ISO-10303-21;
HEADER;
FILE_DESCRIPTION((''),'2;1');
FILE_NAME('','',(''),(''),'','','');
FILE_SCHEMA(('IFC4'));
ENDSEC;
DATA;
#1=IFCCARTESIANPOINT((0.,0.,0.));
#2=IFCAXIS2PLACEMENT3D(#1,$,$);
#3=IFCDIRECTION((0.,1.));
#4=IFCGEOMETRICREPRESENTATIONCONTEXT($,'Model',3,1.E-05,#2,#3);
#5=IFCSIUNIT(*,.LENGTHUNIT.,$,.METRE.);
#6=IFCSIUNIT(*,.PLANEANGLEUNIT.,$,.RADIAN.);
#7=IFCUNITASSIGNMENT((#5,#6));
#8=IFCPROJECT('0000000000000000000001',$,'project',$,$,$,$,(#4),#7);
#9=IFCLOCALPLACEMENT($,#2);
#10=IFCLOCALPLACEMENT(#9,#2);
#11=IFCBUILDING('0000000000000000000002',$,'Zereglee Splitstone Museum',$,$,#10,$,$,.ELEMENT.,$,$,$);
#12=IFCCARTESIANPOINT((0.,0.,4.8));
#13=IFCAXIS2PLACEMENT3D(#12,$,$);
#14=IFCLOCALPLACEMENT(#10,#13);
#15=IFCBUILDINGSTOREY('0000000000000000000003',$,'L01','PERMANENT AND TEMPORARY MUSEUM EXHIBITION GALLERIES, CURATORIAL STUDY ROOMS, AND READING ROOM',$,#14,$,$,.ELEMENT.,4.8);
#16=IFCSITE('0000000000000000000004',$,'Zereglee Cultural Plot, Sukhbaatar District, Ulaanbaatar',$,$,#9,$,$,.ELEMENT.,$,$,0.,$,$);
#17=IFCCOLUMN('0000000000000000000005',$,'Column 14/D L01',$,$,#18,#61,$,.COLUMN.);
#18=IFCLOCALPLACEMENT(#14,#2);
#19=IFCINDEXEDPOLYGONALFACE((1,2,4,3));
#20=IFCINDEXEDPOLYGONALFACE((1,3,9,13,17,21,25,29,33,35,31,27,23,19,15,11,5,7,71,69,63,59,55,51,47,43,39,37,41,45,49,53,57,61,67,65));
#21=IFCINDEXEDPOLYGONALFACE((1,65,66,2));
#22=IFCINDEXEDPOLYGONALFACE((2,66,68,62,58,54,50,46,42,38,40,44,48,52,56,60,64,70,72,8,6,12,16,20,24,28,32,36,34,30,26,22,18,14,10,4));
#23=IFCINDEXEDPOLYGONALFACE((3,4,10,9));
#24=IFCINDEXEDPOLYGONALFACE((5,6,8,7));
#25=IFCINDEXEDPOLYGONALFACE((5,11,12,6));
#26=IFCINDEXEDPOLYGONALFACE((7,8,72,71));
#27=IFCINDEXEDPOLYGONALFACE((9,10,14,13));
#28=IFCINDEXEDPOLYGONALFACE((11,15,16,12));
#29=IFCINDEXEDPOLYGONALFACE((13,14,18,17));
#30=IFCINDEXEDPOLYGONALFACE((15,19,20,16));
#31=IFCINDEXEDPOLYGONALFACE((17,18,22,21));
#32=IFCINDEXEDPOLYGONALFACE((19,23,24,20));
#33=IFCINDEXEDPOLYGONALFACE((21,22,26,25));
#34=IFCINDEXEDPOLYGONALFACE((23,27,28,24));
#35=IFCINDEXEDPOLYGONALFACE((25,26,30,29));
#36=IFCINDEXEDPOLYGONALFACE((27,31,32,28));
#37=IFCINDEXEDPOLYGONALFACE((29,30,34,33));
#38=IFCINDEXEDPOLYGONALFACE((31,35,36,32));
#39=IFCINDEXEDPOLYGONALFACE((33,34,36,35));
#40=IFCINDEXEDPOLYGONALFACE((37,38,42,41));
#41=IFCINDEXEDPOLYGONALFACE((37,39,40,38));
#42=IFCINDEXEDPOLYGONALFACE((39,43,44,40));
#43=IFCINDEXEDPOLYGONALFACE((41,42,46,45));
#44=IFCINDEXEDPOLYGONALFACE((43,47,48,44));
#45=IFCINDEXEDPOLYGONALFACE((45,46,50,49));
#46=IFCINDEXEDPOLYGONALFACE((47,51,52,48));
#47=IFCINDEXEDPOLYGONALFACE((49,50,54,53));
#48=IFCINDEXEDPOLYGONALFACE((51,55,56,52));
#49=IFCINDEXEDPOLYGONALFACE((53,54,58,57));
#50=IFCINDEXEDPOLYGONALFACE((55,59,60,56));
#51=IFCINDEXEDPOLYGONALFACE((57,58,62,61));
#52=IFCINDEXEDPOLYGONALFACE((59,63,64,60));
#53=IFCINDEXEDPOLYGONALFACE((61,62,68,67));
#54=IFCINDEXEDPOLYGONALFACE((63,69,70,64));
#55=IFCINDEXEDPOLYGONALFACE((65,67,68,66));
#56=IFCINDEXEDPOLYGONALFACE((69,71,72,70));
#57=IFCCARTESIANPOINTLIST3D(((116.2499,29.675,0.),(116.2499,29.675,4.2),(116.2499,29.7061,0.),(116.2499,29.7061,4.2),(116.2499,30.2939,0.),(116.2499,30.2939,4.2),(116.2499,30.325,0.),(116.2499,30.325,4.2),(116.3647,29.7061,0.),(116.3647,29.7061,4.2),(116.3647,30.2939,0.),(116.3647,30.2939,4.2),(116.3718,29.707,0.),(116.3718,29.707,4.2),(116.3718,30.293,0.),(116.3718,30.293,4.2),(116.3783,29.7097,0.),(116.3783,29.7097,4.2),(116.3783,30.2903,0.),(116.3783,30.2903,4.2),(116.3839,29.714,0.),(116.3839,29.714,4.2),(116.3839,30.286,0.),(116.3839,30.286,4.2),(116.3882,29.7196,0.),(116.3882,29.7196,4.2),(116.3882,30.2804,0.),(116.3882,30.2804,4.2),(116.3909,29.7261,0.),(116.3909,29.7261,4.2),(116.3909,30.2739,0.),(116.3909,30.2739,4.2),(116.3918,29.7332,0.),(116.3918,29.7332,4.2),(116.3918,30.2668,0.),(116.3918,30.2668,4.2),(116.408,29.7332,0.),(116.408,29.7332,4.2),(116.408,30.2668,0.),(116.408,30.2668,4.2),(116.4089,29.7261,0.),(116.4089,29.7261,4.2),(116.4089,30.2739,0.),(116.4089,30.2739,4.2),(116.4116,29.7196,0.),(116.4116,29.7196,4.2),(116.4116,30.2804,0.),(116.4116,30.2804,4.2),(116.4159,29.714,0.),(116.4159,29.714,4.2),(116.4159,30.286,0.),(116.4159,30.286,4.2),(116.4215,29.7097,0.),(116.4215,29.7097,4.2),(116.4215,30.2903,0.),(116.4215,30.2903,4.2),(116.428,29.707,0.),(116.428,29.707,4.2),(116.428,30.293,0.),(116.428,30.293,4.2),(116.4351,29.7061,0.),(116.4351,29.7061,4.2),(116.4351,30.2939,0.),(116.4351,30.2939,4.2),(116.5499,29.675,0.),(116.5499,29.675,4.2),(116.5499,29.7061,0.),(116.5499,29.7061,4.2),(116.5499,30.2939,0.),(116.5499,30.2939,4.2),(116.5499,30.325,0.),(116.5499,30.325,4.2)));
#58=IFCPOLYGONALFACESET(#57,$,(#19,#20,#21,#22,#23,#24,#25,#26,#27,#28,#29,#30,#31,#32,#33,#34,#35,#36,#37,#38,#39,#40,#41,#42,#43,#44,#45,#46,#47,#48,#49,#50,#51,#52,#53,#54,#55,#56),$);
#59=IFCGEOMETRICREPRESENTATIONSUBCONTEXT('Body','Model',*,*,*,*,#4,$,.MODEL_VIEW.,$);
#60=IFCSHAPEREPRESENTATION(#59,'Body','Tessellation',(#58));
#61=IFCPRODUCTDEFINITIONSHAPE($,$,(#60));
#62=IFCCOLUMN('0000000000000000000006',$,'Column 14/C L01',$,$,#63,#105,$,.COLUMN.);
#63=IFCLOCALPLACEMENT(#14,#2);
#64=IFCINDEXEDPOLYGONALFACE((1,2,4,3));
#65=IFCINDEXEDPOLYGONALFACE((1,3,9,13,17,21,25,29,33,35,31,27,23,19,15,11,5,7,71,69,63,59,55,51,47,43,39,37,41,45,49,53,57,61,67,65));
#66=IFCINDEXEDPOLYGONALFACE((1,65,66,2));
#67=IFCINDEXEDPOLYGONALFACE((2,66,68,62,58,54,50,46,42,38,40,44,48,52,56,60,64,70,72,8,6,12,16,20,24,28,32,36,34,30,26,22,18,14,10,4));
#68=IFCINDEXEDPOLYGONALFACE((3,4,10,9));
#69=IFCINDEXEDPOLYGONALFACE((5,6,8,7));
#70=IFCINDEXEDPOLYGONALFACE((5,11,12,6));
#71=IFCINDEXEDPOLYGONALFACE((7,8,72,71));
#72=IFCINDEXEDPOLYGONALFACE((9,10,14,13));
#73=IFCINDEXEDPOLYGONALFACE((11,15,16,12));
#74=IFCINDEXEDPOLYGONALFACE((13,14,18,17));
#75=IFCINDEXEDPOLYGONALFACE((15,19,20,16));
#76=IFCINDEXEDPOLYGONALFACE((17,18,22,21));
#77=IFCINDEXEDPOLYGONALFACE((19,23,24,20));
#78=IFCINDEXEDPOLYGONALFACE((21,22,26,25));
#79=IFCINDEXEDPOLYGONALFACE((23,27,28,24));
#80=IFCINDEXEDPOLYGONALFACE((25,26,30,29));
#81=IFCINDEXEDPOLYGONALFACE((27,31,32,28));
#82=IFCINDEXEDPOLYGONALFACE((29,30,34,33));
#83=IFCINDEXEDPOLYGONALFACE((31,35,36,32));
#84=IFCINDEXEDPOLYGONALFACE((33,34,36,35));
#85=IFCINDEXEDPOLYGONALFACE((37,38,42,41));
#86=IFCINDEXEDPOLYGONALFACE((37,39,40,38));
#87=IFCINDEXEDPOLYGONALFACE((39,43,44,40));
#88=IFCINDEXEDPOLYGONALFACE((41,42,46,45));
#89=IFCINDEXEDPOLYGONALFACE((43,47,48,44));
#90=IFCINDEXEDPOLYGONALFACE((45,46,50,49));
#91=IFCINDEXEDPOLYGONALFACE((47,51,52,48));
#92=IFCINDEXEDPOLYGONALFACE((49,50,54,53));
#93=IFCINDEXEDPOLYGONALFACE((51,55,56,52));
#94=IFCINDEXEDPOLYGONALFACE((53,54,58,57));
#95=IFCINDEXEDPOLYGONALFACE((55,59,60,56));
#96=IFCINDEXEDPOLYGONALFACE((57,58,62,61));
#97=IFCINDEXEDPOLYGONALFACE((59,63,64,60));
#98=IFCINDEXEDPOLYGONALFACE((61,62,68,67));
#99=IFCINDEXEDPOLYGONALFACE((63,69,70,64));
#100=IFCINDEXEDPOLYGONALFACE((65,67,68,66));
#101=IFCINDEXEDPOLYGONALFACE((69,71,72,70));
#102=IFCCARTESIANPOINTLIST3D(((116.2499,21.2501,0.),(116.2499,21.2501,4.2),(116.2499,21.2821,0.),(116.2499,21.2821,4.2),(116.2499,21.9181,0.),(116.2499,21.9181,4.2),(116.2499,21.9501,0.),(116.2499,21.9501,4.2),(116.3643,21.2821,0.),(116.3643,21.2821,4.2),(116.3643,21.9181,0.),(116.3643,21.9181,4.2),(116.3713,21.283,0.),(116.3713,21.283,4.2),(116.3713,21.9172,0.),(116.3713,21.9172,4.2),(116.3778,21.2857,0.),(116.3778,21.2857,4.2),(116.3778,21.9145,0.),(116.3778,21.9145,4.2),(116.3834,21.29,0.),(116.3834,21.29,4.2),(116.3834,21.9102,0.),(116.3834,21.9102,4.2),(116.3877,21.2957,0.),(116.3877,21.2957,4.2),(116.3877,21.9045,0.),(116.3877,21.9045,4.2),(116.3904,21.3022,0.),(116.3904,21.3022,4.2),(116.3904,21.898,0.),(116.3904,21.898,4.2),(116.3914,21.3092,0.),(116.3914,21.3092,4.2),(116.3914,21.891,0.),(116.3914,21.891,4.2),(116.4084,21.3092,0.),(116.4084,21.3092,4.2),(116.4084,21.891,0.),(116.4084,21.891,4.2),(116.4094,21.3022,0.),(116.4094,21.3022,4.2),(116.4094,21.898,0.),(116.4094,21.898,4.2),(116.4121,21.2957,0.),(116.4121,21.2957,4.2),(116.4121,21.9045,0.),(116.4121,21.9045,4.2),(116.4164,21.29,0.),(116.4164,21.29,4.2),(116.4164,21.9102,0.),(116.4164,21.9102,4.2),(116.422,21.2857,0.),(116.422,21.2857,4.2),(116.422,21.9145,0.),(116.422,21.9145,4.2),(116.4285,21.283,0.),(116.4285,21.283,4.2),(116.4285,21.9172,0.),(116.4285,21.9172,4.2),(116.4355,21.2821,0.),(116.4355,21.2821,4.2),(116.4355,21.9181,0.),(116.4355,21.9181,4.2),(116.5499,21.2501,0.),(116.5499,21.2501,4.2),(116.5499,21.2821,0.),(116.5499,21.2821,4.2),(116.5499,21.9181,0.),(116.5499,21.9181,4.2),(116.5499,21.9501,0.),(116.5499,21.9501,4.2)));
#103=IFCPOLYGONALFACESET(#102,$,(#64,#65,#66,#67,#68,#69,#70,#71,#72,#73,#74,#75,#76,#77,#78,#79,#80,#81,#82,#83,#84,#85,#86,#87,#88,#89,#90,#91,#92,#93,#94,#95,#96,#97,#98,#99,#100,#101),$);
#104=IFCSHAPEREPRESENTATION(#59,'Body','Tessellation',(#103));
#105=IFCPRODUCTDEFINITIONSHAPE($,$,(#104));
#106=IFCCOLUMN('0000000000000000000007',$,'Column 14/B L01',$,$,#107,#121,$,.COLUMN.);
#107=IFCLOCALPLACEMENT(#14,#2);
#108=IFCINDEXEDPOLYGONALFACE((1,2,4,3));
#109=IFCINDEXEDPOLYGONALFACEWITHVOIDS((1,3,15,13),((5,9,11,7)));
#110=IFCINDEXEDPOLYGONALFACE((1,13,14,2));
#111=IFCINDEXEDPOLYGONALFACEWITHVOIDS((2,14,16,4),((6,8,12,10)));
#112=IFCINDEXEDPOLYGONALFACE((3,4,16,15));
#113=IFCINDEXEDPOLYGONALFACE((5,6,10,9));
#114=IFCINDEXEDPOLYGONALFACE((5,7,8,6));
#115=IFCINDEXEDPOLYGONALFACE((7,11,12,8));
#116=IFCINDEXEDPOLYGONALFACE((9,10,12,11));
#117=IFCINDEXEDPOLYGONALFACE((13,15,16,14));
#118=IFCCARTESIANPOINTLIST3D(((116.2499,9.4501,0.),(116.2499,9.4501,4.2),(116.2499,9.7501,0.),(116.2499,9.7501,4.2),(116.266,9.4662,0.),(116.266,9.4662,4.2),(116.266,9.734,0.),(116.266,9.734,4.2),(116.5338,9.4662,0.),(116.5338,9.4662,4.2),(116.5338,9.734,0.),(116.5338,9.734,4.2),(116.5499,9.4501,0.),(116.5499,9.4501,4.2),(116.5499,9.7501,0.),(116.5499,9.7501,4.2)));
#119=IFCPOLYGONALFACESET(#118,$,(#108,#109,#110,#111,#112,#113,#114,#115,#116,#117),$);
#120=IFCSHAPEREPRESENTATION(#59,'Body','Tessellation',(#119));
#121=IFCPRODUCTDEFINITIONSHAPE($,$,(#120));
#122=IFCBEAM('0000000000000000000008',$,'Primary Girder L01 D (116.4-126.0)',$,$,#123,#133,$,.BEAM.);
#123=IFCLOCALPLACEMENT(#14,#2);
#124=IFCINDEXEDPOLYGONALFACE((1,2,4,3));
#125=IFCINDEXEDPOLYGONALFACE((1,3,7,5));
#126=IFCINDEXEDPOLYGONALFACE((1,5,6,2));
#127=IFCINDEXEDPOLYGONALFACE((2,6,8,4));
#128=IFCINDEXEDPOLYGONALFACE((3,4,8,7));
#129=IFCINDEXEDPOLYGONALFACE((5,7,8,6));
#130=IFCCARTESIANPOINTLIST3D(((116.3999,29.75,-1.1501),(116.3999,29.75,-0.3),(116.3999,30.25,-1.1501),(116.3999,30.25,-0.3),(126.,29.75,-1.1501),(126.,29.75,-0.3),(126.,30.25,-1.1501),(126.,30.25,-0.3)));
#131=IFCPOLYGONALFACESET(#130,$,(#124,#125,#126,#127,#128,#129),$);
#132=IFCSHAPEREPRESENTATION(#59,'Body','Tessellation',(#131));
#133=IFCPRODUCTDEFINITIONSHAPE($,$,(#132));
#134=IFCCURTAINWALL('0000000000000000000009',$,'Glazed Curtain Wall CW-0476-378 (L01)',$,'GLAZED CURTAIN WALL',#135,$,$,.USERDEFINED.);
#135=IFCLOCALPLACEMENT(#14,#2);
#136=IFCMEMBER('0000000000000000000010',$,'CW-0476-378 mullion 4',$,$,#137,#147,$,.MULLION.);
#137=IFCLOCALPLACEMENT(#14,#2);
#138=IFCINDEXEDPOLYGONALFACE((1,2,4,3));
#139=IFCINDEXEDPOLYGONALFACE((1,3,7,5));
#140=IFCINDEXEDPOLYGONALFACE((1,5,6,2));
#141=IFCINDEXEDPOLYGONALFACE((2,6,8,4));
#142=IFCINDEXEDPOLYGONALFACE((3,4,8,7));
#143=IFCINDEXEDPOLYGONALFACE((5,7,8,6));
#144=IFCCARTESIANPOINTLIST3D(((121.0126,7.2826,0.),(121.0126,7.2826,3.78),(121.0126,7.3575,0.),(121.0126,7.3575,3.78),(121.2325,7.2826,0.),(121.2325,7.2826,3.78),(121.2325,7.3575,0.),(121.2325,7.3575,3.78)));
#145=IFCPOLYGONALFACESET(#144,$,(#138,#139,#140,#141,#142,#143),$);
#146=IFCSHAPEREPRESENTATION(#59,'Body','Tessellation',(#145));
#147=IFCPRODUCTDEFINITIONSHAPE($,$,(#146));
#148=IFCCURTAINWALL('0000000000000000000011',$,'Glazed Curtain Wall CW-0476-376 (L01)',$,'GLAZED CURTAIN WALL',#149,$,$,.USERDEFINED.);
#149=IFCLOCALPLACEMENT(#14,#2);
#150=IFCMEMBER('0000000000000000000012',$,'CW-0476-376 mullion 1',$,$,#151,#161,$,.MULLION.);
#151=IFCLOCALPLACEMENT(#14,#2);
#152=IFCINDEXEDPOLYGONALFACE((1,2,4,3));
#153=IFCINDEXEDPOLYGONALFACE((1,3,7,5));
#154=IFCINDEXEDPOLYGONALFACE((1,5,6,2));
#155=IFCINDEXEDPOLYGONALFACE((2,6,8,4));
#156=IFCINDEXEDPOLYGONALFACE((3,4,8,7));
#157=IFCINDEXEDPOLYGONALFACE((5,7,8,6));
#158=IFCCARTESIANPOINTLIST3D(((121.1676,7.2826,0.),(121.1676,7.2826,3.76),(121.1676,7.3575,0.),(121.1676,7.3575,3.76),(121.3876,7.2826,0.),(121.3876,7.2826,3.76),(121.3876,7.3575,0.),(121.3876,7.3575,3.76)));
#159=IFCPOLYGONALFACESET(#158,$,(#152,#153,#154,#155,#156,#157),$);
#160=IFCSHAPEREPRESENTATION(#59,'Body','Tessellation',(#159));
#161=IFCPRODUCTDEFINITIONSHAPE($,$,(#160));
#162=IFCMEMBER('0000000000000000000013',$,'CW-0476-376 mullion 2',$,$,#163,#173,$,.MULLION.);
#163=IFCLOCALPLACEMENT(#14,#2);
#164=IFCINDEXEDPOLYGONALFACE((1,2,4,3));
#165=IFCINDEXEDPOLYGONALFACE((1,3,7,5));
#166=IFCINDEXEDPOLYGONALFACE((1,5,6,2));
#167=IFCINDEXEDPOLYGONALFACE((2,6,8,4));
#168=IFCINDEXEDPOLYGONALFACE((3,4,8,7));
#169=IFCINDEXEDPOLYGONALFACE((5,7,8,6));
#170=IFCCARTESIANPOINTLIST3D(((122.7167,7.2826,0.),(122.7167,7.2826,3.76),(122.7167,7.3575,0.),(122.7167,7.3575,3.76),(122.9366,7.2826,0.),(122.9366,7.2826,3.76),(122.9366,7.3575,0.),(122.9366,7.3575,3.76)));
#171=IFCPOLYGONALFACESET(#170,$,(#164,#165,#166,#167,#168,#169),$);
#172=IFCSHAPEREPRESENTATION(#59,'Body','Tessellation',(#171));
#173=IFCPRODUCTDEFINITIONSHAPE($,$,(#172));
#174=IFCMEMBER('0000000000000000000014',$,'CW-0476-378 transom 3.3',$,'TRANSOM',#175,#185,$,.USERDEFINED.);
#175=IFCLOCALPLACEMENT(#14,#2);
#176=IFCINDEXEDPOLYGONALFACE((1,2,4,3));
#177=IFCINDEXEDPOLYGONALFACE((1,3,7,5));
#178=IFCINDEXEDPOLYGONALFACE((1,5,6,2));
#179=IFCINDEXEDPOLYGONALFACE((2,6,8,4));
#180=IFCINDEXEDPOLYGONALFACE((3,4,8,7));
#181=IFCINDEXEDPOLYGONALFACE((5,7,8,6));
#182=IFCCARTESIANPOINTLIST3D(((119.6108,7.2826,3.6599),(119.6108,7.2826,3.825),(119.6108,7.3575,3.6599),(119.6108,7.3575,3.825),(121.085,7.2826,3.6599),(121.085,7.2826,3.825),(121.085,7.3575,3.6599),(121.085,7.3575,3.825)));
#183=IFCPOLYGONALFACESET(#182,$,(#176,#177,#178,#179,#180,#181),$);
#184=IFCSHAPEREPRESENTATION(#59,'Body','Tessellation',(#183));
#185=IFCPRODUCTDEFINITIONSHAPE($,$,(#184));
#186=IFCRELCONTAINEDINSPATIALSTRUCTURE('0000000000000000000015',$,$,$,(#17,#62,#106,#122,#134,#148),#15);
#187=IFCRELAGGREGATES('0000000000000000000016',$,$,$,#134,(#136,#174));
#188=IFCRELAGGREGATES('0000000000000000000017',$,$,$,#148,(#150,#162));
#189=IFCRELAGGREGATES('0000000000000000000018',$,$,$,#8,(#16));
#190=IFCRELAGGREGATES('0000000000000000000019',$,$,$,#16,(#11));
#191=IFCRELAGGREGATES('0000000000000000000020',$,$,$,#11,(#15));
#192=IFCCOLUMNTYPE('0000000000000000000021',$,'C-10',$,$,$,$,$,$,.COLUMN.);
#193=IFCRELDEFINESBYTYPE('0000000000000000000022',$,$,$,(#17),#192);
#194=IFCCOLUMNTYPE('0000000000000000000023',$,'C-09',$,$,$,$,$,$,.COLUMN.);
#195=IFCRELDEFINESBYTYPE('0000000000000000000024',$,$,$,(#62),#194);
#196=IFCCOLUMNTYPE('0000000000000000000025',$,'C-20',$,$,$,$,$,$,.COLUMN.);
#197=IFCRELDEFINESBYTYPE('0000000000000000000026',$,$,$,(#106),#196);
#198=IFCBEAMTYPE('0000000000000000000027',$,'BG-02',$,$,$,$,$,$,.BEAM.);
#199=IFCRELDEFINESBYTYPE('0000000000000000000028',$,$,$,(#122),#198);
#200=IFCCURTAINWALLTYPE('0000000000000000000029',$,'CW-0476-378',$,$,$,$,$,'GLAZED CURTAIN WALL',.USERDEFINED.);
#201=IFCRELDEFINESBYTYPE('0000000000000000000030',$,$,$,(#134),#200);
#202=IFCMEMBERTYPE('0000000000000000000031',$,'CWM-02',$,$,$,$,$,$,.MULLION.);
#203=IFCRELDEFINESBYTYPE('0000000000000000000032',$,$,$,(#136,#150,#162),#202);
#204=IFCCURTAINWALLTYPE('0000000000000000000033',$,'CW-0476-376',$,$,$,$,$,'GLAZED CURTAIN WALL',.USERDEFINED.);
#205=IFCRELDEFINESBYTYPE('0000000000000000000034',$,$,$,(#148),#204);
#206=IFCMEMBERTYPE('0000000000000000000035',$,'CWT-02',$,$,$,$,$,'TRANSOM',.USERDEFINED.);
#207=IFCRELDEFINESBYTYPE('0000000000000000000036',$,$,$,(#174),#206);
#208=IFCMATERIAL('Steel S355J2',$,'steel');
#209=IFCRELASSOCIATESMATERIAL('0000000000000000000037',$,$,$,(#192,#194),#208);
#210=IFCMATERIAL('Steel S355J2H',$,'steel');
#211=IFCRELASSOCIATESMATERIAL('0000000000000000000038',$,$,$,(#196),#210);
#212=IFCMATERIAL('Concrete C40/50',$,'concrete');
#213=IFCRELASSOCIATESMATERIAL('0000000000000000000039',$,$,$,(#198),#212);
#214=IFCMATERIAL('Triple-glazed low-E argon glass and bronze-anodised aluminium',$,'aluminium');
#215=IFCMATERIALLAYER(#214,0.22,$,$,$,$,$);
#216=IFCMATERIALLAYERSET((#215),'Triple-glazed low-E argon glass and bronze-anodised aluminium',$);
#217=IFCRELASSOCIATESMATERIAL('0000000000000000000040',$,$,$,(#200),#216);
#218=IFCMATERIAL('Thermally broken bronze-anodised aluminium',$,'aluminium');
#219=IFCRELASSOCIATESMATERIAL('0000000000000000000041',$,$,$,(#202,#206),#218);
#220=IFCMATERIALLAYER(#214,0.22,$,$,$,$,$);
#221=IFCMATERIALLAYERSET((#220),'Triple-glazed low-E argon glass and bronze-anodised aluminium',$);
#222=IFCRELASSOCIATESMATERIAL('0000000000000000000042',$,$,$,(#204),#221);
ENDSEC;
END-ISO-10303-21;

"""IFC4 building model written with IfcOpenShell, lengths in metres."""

from ifc_helpers import new_model, si_unit, direction, frame, origin, origin_2d, place, context, subcontext, project, spatial, rectangle, hollow_rectangle, i_section, extrude, material, layer, layer_set, material_profile, profile_set, type_object, element, aggregate, save


model = new_model("IFC4")

# Units and contexts
model_context = context("Model", 3, precision=1e-05, world=origin(), true_north=direction((0.0, 1.0)))
body_context = subcontext(model_context, "Body", "Model", "MODEL_VIEW")
ifc_project = project(units=[si_unit("LENGTHUNIT", "METRE"), si_unit("PLANEANGLEUNIT", "RADIAN")], contexts=[model_context])

# Site, building, storey
site_placement = place(None, origin())
site = spatial("IfcSite", under=ifc_project, at=site_placement, Name="Zereglee Cultural Plot, Sukhbaatar District, Ulaanbaatar", CompositionType="ELEMENT", RefElevation=0.0)
building_placement = place(site_placement, origin())
building = spatial("IfcBuilding", under=site, at=building_placement, Name="Zereglee Splitstone Museum", CompositionType="ELEMENT")
storey_placement = place(building_placement, frame((0.0, 0.0, 4.8)))
storey = spatial("IfcBuildingStorey", under=building, at=storey_placement, Name="L01", Description="PERMANENT AND TEMPORARY MUSEUM EXHIBITION GALLERIES, CURATORIAL STUDY ROOMS, AND READING ROOM", CompositionType="ELEMENT", Elevation=4.8)

# Columns
ifc_material_1 = material(Name="Steel S355J2", Category="steel")
ifc_material_profile_1 = material_profile(ifc_material_1, i_section(OverallWidth=0.3, OverallDepth=0.6499, WebThickness=0.0161, FlangeThickness=0.031, FilletRadius=0.0271, at=origin_2d()), Name="HE 650 B")
ifc_profile_set_1 = profile_set([ifc_material_profile_1], Name="Steel S355J2")
column_type_1 = type_object("IfcColumnType", Name="C-10", PredefinedType="COLUMN", material=ifc_profile_set_1)
column_1_placement = place(storey_placement, frame((116.3999, 30.0, 0.0), z_axis=(0.0, 0.0, 1.0), x_axis=(1.0, 0.0, 0.0)))
element("IfcColumn", 1, at=column_1_placement, inside=storey, type_object=column_type_1, Name="Column 14/D L01", PredefinedType="COLUMN", context=body_context, shape_type="SweptSolid", body=[
    extrude(i_section(OverallWidth=0.3, OverallDepth=0.6499, WebThickness=0.0161, FlangeThickness=0.031, FilletRadius=0.0271, at=origin_2d()), origin(), (0.0, 0.0, 1.0), 4.2),
])
ifc_material_profile_2 = material_profile(ifc_material_1, i_section(OverallWidth=0.3, OverallDepth=0.7, WebThickness=0.0171, FlangeThickness=0.032, FilletRadius=0.0271, at=origin_2d()), Name="HE 700 B")
ifc_profile_set_2 = profile_set([ifc_material_profile_2], Name="Steel S355J2")
column_type_2 = type_object("IfcColumnType", Name="C-09", PredefinedType="COLUMN", material=ifc_profile_set_2)
column_2_placement = place(storey_placement, frame((116.3999, 21.6001, 0.0), z_axis=(0.0, 0.0, 1.0), x_axis=(1.0, 0.0, 0.0)))
element("IfcColumn", 2, at=column_2_placement, inside=storey, type_object=column_type_2, Name="Column 14/C L01", PredefinedType="COLUMN", context=body_context, shape_type="SweptSolid", body=[
    extrude(i_section(OverallWidth=0.3, OverallDepth=0.7, WebThickness=0.0171, FlangeThickness=0.032, FilletRadius=0.0271, at=origin_2d()), origin(), (0.0, 0.0, 1.0), 4.2),
])
ifc_material_2 = material(Name="Steel S355J2H", Category="steel")
ifc_material_profile_3 = material_profile(ifc_material_2, hollow_rectangle(XDim=0.3, YDim=0.3, WallThickness=0.0161, at=origin_2d()), Name="SHS 300x300x16")
ifc_profile_set_3 = profile_set([ifc_material_profile_3], Name="Steel S355J2H")
column_type_3 = type_object("IfcColumnType", Name="C-20", PredefinedType="COLUMN", material=ifc_profile_set_3)
column_3_placement = place(storey_placement, frame((116.3999, 9.6001, 0.0), z_axis=(0.0, 0.0, 1.0), x_axis=(1.0, 0.0, 0.0)))
element("IfcColumn", 3, at=column_3_placement, inside=storey, type_object=column_type_3, Name="Column 14/B L01", PredefinedType="COLUMN", context=body_context, shape_type="SweptSolid", body=[
    extrude(hollow_rectangle(XDim=0.3, YDim=0.3, WallThickness=0.0161, at=origin_2d()), origin(), (0.0, 0.0, 1.0), 4.2),
])

# Beam
ifc_material_3 = material(Name="Concrete C40/50", Category="concrete")
ifc_material_profile_4 = material_profile(ifc_material_3, rectangle(XDim=0.5, YDim=0.8501, at=origin_2d()), Name="RC 500x850")
ifc_profile_set_4 = profile_set([ifc_material_profile_4], Name="Concrete C40/50")
beam_type_1 = type_object("IfcBeamType", Name="BG-02", PredefinedType="BEAM", material=ifc_profile_set_4)
beam_1_placement = place(storey_placement, frame((116.3999, 30.0, -0.7251), z_axis=(1.0, 0.0, 0.0), x_axis=(0.0, 1.0, 0.0)))
element("IfcBeam", 4, at=beam_1_placement, inside=storey, type_object=beam_type_1, Name="Primary Girder L01 D (116.4-126.0)", PredefinedType="BEAM", context=body_context, shape_type="SweptSolid", body=[
    extrude(rectangle(XDim=0.5, YDim=0.8501, at=origin_2d()), origin(), (0.0, 0.0, 1.0), 9.6001),
])

# Curtain wall, member
ifc_material_4 = material(Name="Triple-glazed low-E argon glass and bronze-anodised aluminium", Category="aluminium")
ifc_layer_1 = layer(ifc_material_4, 0.22)
ifc_layer_set_1 = layer_set([ifc_layer_1], Name="Triple-glazed low-E argon glass and bronze-anodised aluminium")
curtain_wall_type_1 = type_object("IfcCurtainWallType", Name="CW-0476-378", ElementType="GLAZED CURTAIN WALL", PredefinedType="USERDEFINED", material=ifc_layer_set_1)
curtain_wall_1_placement = place(storey_placement, origin())
curtain_wall_1 = element("IfcCurtainWall", 5, at=curtain_wall_1_placement, inside=storey, type_object=curtain_wall_type_1, Name="Glazed Curtain Wall CW-0476-378 (L01)", ObjectType="GLAZED CURTAIN WALL", PredefinedType="USERDEFINED")
ifc_material_5 = material(Name="Thermally broken bronze-anodised aluminium", Category="aluminium")
ifc_material_profile_5 = material_profile(ifc_material_5, rectangle(XDim=0.075, YDim=0.22, at=origin_2d()), Name="CW MULL 75x220")
ifc_profile_set_5 = profile_set([ifc_material_profile_5], Name="Thermally broken bronze-anodised aluminium")
member_type_1 = type_object("IfcMemberType", Name="CWM-02", PredefinedType="MULLION", material=ifc_profile_set_5)
member_1_placement = place(storey_placement, frame((121.1226, 7.3201, 0.0), z_axis=(0.0, 0.0, 1.0), x_axis=(0.0, 1.0, 0.0)))
member_1 = element("IfcMember", 6, at=member_1_placement, type_object=member_type_1, Name="CW-0476-378 mullion 4", PredefinedType="MULLION", context=body_context, shape_type="SweptSolid", body=[
    extrude(rectangle(XDim=0.075, YDim=0.22, at=origin_2d()), origin(), (0.0, 0.0, 1.0), 3.78),
])

# Curtain wall, members
ifc_layer_2 = layer(ifc_material_4, 0.22)
ifc_layer_set_2 = layer_set([ifc_layer_2], Name="Triple-glazed low-E argon glass and bronze-anodised aluminium")
curtain_wall_type_2 = type_object("IfcCurtainWallType", Name="CW-0476-376", ElementType="GLAZED CURTAIN WALL", PredefinedType="USERDEFINED", material=ifc_layer_set_2)
curtain_wall_2_placement = place(storey_placement, origin())
curtain_wall_2 = element("IfcCurtainWall", 7, at=curtain_wall_2_placement, inside=storey, type_object=curtain_wall_type_2, Name="Glazed Curtain Wall CW-0476-376 (L01)", ObjectType="GLAZED CURTAIN WALL", PredefinedType="USERDEFINED")
member_2_placement = place(storey_placement, frame((121.2776, 7.3201, 0.0), z_axis=(0.0, 0.0, 1.0), x_axis=(0.0, 1.0, 0.0)))
member_2 = element("IfcMember", 8, at=member_2_placement, type_object=member_type_1, Name="CW-0476-376 mullion 1", PredefinedType="MULLION", context=body_context, shape_type="SweptSolid", body=[
    extrude(rectangle(XDim=0.075, YDim=0.22, at=origin_2d()), origin(), (0.0, 0.0, 1.0), 3.76),
])
member_3_placement = place(storey_placement, frame((122.8267, 7.3201, 0.0), z_axis=(0.0, 0.0, 1.0), x_axis=(0.0, 1.0, 0.0)))
member_3 = element("IfcMember", 9, at=member_3_placement, type_object=member_type_1, Name="CW-0476-376 mullion 2", PredefinedType="MULLION", context=body_context, shape_type="SweptSolid", body=[
    extrude(rectangle(XDim=0.075, YDim=0.22, at=origin_2d()), origin(), (0.0, 0.0, 1.0), 3.76),
])

# Member
ifc_material_profile_6 = material_profile(ifc_material_5, rectangle(XDim=0.075, YDim=0.165, at=origin_2d()), Name="CW TRAN 75x165")
ifc_profile_set_6 = profile_set([ifc_material_profile_6], Name="Thermally broken bronze-anodised aluminium")
member_type_2 = type_object("IfcMemberType", Name="CWT-02", ElementType="TRANSOM", PredefinedType="USERDEFINED", material=ifc_profile_set_6)
member_4_placement = place(storey_placement, frame((119.6108, 7.3201, 3.7424), z_axis=(1.0, 0.0, 0.0), x_axis=(0.0, 1.0, 0.0)))
member_4 = element("IfcMember", 10, at=member_4_placement, type_object=member_type_2, Name="CW-0476-378 transom 3.3", ObjectType="TRANSOM", PredefinedType="USERDEFINED", context=body_context, shape_type="SweptSolid", body=[
    extrude(rectangle(XDim=0.075, YDim=0.165, at=origin_2d()), origin(), (0.0, 0.0, 1.0), 1.4741),
])

aggregate(curtain_wall_1, [member_1, member_4])
aggregate(curtain_wall_2, [member_2, member_3])

save(model, "model.ifc")
